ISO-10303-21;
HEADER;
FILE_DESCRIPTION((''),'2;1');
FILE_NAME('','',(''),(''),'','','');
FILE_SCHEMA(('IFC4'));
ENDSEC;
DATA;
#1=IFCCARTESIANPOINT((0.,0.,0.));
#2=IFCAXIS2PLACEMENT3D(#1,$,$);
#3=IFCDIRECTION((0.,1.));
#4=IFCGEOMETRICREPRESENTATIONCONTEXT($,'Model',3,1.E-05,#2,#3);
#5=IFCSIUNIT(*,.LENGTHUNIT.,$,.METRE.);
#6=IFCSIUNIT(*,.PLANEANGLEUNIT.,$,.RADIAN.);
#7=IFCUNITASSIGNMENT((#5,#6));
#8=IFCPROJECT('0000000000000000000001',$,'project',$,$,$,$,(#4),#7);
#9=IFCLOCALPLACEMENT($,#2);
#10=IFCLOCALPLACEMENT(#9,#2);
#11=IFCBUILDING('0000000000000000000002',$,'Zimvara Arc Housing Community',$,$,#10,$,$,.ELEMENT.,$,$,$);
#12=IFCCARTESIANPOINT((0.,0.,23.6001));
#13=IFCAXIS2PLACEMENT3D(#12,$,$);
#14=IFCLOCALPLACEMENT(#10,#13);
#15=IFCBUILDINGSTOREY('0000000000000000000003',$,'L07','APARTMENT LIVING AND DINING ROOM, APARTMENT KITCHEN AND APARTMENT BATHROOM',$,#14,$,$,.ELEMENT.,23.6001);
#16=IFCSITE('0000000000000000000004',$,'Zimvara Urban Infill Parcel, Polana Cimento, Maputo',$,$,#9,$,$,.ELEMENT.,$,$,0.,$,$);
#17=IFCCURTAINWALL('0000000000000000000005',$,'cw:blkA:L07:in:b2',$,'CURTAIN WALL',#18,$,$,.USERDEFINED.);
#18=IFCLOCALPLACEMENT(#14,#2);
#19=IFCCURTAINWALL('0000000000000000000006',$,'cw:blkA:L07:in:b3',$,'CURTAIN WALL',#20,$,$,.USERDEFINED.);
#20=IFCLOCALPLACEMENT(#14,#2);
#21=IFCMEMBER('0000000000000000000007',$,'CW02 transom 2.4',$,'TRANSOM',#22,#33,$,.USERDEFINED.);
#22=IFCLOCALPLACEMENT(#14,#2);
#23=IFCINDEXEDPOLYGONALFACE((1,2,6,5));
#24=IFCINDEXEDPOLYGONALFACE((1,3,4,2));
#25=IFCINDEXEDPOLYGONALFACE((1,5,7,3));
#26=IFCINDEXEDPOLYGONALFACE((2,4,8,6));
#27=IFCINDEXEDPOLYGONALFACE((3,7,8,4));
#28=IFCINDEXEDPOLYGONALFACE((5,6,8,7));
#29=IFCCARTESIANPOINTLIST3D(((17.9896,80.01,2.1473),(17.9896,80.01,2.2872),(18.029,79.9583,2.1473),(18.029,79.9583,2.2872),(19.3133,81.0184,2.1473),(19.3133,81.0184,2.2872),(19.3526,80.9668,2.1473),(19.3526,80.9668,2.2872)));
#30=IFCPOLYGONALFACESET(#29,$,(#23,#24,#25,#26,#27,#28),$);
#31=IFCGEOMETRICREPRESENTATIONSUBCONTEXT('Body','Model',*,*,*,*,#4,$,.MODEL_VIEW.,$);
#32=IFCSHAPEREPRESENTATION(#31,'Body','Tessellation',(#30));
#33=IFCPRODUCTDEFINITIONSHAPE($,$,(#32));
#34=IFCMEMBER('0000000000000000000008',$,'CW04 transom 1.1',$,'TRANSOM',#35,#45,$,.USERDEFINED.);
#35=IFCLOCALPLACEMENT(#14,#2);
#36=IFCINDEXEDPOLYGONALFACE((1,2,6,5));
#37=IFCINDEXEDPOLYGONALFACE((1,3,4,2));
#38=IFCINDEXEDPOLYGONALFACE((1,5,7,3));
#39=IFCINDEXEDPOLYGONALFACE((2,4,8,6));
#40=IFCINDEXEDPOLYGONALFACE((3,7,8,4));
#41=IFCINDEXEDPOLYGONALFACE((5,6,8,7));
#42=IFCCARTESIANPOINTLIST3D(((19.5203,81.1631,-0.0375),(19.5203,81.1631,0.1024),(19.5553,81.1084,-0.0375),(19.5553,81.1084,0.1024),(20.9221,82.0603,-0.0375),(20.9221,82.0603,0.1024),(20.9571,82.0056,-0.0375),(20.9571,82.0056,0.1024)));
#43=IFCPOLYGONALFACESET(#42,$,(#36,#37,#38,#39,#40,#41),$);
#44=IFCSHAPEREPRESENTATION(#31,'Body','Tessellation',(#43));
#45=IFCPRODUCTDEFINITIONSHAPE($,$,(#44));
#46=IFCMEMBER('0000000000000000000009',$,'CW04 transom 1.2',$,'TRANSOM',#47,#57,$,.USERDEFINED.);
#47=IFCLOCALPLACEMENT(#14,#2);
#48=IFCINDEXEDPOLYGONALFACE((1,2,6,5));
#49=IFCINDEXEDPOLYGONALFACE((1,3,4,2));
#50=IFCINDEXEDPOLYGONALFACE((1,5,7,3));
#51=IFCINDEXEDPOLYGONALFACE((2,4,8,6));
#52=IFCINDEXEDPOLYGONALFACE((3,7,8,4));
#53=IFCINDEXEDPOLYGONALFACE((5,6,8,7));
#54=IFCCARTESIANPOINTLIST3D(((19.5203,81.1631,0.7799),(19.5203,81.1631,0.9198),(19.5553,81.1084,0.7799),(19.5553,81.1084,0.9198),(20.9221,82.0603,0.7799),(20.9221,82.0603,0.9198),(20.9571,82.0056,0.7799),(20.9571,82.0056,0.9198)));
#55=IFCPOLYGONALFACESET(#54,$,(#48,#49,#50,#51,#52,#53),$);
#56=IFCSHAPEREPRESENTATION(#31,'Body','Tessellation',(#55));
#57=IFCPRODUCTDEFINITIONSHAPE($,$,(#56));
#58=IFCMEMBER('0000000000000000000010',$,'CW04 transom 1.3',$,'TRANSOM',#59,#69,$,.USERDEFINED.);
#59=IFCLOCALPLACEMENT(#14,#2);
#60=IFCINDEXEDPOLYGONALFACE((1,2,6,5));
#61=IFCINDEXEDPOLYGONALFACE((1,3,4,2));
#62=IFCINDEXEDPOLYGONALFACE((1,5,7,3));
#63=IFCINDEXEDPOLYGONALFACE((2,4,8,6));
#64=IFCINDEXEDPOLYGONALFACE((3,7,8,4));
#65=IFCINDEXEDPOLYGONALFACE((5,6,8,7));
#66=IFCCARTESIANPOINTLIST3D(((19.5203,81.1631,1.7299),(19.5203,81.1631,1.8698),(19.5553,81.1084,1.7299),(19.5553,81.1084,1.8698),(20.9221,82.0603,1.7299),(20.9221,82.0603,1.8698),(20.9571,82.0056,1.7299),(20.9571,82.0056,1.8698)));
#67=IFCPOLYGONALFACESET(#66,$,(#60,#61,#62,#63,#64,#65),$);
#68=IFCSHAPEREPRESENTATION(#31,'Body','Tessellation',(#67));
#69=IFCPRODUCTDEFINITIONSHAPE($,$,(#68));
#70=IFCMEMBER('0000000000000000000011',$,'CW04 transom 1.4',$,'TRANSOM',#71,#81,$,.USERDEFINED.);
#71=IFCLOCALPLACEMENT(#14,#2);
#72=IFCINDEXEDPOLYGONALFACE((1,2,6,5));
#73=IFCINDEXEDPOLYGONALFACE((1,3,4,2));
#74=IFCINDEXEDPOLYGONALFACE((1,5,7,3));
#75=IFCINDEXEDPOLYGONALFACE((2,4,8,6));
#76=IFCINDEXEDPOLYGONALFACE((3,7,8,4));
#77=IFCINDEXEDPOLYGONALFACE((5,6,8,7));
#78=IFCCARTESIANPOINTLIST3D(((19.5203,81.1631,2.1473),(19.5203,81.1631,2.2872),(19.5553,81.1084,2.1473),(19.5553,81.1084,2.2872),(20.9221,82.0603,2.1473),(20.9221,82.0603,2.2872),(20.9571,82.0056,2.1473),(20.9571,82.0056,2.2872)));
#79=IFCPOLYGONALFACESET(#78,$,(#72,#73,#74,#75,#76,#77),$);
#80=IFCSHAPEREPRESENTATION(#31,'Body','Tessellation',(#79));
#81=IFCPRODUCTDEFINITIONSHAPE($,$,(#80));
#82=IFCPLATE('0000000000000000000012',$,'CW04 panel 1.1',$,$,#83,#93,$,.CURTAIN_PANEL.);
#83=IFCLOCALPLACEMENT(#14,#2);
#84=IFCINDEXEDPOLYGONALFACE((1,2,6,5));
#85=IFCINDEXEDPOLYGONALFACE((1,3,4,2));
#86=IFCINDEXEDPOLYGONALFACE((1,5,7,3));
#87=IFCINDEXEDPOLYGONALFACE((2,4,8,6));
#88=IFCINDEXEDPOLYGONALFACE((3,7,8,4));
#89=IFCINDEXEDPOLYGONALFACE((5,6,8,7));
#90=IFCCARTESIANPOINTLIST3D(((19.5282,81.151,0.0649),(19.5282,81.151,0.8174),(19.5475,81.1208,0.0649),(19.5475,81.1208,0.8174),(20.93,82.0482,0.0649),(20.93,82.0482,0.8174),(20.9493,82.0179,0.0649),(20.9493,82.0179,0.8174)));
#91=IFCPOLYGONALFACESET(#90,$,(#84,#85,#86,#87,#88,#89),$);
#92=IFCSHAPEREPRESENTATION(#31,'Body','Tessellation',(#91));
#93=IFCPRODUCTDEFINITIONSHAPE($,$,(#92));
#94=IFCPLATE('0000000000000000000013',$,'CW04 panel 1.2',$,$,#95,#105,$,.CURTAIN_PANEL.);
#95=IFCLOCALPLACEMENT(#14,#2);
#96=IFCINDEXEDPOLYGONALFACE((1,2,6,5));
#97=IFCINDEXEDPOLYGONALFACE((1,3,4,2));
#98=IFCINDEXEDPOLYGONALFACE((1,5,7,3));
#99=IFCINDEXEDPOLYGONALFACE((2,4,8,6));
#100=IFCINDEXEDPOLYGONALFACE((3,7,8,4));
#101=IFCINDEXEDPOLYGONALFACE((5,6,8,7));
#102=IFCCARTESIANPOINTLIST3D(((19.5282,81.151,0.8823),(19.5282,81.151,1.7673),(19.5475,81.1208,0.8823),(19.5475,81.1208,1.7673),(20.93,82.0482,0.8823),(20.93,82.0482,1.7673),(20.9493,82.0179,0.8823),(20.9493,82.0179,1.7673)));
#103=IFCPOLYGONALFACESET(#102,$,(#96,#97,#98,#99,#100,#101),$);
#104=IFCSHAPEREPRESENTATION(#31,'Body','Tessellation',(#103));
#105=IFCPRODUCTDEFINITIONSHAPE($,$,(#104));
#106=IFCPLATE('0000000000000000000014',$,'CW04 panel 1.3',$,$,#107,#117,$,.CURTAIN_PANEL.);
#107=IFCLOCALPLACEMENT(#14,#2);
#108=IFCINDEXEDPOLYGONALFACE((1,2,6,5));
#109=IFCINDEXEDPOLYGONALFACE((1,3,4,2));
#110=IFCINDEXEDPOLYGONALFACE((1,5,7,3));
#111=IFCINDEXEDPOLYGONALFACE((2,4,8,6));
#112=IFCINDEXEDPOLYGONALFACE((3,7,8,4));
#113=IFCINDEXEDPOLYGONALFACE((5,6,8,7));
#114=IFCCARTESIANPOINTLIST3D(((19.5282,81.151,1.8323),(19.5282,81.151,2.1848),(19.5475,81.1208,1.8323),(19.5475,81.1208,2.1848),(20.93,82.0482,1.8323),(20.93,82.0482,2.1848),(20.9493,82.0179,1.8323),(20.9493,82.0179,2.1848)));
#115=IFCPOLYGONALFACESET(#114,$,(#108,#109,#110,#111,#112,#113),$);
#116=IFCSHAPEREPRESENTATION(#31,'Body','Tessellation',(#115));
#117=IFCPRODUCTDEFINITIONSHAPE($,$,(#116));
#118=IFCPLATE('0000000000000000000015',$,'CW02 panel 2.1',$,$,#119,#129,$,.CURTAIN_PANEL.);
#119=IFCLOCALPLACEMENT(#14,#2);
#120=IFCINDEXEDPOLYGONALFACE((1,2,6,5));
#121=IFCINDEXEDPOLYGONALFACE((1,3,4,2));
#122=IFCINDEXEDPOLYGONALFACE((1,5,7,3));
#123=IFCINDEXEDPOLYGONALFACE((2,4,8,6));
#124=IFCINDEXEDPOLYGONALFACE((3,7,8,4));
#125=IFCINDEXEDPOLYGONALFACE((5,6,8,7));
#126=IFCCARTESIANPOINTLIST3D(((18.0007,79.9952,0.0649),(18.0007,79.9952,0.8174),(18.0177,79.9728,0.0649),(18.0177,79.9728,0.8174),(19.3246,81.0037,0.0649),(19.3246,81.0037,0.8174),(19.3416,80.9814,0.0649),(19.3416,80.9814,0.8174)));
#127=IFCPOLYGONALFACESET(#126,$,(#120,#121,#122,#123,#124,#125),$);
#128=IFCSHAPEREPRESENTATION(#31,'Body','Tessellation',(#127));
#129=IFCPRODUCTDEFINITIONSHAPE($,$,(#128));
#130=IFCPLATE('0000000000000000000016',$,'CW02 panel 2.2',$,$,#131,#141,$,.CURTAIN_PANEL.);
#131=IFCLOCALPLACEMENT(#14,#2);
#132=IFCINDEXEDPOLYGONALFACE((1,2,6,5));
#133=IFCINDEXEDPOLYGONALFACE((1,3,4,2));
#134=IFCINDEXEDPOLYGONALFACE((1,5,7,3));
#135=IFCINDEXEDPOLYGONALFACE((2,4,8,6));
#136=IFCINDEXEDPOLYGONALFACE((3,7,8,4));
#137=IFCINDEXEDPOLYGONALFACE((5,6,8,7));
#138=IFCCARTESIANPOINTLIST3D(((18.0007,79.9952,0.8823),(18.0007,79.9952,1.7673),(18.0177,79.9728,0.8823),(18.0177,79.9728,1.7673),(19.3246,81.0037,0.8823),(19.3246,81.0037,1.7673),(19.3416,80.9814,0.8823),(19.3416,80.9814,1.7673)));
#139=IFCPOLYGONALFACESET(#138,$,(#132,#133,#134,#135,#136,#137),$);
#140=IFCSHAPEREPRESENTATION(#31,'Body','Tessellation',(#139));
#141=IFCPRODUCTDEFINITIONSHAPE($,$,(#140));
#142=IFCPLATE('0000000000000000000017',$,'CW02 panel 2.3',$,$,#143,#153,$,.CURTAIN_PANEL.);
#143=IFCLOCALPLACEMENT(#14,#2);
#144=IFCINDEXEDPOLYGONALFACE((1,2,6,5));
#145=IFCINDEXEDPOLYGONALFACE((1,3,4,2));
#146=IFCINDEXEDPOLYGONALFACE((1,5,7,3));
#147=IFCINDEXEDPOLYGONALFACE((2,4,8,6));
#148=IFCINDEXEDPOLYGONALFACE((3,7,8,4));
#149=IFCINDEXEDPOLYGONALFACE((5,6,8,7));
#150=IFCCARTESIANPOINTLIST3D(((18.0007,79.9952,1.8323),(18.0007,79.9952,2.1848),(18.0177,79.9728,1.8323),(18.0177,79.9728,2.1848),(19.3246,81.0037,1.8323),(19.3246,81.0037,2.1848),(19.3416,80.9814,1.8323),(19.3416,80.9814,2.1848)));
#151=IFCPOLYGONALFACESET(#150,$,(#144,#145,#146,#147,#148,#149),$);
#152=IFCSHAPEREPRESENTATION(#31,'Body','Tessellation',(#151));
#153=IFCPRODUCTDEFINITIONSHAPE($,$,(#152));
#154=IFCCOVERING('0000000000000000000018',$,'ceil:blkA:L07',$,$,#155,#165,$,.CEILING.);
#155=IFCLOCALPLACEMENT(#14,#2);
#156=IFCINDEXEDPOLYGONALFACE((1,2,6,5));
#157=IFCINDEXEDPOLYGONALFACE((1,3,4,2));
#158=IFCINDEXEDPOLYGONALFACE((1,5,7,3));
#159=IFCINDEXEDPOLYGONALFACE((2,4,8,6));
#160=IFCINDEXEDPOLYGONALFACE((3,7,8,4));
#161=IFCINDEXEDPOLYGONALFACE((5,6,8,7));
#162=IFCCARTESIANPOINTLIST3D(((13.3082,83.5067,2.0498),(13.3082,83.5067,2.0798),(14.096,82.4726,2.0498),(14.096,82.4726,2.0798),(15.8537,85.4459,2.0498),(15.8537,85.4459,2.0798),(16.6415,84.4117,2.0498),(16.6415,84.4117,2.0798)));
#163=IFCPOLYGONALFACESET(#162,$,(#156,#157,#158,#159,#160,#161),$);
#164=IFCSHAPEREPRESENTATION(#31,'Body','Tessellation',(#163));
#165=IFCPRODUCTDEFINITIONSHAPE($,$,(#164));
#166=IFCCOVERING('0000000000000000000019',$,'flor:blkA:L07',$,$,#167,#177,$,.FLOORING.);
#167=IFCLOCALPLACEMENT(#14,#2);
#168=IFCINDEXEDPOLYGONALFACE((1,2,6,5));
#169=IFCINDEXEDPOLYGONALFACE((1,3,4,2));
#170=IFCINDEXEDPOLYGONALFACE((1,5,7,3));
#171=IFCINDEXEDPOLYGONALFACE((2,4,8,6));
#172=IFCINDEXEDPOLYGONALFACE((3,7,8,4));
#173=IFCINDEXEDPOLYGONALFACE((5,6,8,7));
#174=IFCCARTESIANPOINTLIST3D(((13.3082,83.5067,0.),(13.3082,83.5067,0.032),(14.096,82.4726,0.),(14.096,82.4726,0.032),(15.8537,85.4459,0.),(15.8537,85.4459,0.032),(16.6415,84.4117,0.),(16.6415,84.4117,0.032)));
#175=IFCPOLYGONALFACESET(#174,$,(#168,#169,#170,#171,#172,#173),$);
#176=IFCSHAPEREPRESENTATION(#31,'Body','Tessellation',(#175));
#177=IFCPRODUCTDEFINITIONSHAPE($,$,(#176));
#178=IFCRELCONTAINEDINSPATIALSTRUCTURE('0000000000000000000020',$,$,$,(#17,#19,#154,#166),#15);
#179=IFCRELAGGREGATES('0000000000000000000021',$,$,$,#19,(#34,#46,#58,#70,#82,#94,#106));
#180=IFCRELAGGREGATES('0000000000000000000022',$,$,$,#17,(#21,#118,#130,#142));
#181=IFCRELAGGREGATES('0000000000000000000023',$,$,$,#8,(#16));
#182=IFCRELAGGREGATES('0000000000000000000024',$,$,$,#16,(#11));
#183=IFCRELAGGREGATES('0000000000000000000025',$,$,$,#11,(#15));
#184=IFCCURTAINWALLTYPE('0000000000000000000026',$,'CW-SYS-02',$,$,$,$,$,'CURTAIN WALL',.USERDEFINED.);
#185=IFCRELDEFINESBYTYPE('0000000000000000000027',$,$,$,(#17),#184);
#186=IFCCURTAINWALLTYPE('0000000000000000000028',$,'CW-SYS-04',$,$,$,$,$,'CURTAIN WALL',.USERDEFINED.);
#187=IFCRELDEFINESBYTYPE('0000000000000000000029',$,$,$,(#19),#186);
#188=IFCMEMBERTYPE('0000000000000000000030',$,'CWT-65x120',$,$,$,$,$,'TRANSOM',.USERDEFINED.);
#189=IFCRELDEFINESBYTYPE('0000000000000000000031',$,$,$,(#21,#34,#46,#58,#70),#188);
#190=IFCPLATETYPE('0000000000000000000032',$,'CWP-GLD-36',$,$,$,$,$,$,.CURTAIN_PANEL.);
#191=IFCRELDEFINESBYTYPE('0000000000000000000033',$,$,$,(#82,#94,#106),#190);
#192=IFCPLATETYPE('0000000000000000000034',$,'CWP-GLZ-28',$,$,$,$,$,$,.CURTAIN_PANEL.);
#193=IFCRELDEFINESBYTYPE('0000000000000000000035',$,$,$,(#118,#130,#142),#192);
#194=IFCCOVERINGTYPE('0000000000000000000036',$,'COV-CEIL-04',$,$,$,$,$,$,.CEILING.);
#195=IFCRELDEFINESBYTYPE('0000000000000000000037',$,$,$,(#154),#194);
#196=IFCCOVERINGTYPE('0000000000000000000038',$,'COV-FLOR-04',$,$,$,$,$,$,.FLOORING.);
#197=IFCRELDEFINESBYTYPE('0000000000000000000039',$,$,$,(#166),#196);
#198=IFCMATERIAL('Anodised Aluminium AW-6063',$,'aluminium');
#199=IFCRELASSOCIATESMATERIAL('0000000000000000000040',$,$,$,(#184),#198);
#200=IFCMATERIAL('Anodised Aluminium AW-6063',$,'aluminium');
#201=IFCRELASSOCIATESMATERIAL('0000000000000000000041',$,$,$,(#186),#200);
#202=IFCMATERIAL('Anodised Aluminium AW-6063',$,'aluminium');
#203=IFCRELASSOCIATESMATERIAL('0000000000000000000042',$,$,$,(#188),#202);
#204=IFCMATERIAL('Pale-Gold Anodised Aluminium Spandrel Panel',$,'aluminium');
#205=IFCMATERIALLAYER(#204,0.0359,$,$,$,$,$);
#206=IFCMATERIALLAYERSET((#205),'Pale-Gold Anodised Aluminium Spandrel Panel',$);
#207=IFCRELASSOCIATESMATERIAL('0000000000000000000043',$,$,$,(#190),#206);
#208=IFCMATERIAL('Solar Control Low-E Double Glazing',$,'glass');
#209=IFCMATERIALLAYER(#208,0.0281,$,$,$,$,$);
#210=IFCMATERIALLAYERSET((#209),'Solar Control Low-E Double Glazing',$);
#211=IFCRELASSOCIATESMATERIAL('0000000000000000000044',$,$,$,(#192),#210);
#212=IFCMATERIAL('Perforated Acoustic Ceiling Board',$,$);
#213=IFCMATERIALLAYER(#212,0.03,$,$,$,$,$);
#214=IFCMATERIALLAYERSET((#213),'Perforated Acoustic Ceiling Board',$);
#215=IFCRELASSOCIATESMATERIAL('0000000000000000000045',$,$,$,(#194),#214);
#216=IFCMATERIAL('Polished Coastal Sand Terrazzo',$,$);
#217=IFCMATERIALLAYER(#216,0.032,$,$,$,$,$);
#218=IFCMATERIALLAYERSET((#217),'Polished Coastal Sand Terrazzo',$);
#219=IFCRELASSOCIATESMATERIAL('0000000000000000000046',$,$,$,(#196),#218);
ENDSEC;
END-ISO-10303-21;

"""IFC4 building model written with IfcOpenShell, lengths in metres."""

from ifc_helpers import new_model, si_unit, direction, frame, origin, origin_2d, place, context, subcontext, project, spatial, rectangle, extrude, material, layer, layer_set, material_profile, profile_set, type_object, element, aggregate, save


model = new_model("IFC4")

# Units and contexts
model_context = context("Model", 3, precision=1e-05, world=origin(), true_north=direction((0.0, 1.0)))
body_context = subcontext(model_context, "Body", "Model", "MODEL_VIEW")
ifc_project = project(units=[si_unit("LENGTHUNIT", "METRE"), si_unit("PLANEANGLEUNIT", "RADIAN")], contexts=[model_context])

# Site, building, storey
site_placement = place(None, origin())
site = spatial("IfcSite", under=ifc_project, at=site_placement, Name="Zimvara Urban Infill Parcel, Polana Cimento, Maputo", CompositionType="ELEMENT", RefElevation=0.0)
building_placement = place(site_placement, origin())
building = spatial("IfcBuilding", under=site, at=building_placement, Name="Zimvara Arc Housing Community", CompositionType="ELEMENT")
storey_placement = place(building_placement, frame((0.0, 0.0, 23.6001)))
storey = spatial("IfcBuildingStorey", under=building, at=storey_placement, Name="L07", Description="APARTMENT LIVING AND DINING ROOM, APARTMENT KITCHEN AND APARTMENT BATHROOM", CompositionType="ELEMENT", Elevation=23.6001)

# Curtain wall
ifc_material_1 = material(Name="Anodised Aluminium AW-6063", Category="aluminium")
curtain_wall_type_1 = type_object("IfcCurtainWallType", Name="CW-SYS-02", ElementType="CURTAIN WALL", PredefinedType="USERDEFINED", material=ifc_material_1)
curtain_wall_1_placement = place(storey_placement, origin())
curtain_wall_1 = element("IfcCurtainWall", 1, at=curtain_wall_1_placement, inside=storey, type_object=curtain_wall_type_1, Name="cw:blkA:L07:in:b2", ObjectType="CURTAIN WALL", PredefinedType="USERDEFINED")

# Curtain wall
ifc_material_2 = material(Name="Anodised Aluminium AW-6063", Category="aluminium")
curtain_wall_type_2 = type_object("IfcCurtainWallType", Name="CW-SYS-04", ElementType="CURTAIN WALL", PredefinedType="USERDEFINED", material=ifc_material_2)
curtain_wall_2_placement = place(storey_placement, origin())
curtain_wall_2 = element("IfcCurtainWall", 2, at=curtain_wall_2_placement, inside=storey, type_object=curtain_wall_type_2, Name="cw:blkA:L07:in:b3", ObjectType="CURTAIN WALL", PredefinedType="USERDEFINED")

# Members
ifc_material_3 = material(Name="Anodised Aluminium AW-6063", Category="aluminium")
ifc_material_profile_1 = material_profile(ifc_material_3, rectangle(XDim=0.0649, YDim=0.1399, at=origin_2d()), Name="ALU 65x140")
ifc_profile_set_1 = profile_set([ifc_material_profile_1], Name="Anodised Aluminium AW-6063")
member_type_1 = type_object("IfcMemberType", Name="CWT-65x120", ElementType="TRANSOM", PredefinedType="USERDEFINED", material=ifc_profile_set_1)
member_1_placement = place(storey_placement, frame((18.0093, 79.9841, 2.2173), z_axis=(0.795435, 0.606039, 0.0), x_axis=(-0.606039, 0.795435, 0.0)))
member_1 = element("IfcMember", 3, at=member_1_placement, type_object=member_type_1, Name="CW02 transom 2.4", ObjectType="TRANSOM", PredefinedType="USERDEFINED", context=body_context, shape_type="SweptSolid", body=[
    extrude(rectangle(XDim=0.0649, YDim=0.1399, at=origin_2d()), origin(), (0.0, 0.0, 1.0), 1.6641),
])
member_2_placement = place(storey_placement, frame((19.5378, 81.1357, 0.0325), z_axis=(0.842263, 0.539066, 0.0), x_axis=(-0.539066, 0.842263, 0.0)))
member_2 = element("IfcMember", 4, at=member_2_placement, type_object=member_type_1, Name="CW04 transom 1.1", ObjectType="TRANSOM", PredefinedType="USERDEFINED", context=body_context, shape_type="SweptSolid", body=[
    extrude(rectangle(XDim=0.0649, YDim=0.1399, at=origin_2d()), origin(), (0.0, 0.0, 1.0), 1.6643),
])
member_3_placement = place(storey_placement, frame((19.5378, 81.1357, 0.8499), z_axis=(0.842263, 0.539066, 0.0), x_axis=(-0.539066, 0.842263, 0.0)))
member_3 = element("IfcMember", 5, at=member_3_placement, type_object=member_type_1, Name="CW04 transom 1.2", ObjectType="TRANSOM", PredefinedType="USERDEFINED", context=body_context, shape_type="SweptSolid", body=[
    extrude(rectangle(XDim=0.0649, YDim=0.1399, at=origin_2d()), origin(), (0.0, 0.0, 1.0), 1.6643),
])
member_4_placement = place(storey_placement, frame((19.5378, 81.1357, 1.7998), z_axis=(0.842263, 0.539066, 0.0), x_axis=(-0.539066, 0.842263, 0.0)))
member_4 = element("IfcMember", 6, at=member_4_placement, type_object=member_type_1, Name="CW04 transom 1.3", ObjectType="TRANSOM", PredefinedType="USERDEFINED", context=body_context, shape_type="SweptSolid", body=[
    extrude(rectangle(XDim=0.0649, YDim=0.1399, at=origin_2d()), origin(), (0.0, 0.0, 1.0), 1.6643),
])
member_5_placement = place(storey_placement, frame((19.5378, 81.1357, 2.2173), z_axis=(0.842263, 0.539066, 0.0), x_axis=(-0.539066, 0.842263, 0.0)))
member_5 = element("IfcMember", 7, at=member_5_placement, type_object=member_type_1, Name="CW04 transom 1.4", ObjectType="TRANSOM", PredefinedType="USERDEFINED", context=body_context, shape_type="SweptSolid", body=[
    extrude(rectangle(XDim=0.0649, YDim=0.1399, at=origin_2d()), origin(), (0.0, 0.0, 1.0), 1.6643),
])

# Plates
ifc_material_4 = material(Name="Pale-Gold Anodised Aluminium Spandrel Panel", Category="aluminium")
ifc_layer_1 = layer(ifc_material_4, 0.0359)
ifc_layer_set_1 = layer_set([ifc_layer_1], Name="Pale-Gold Anodised Aluminium Spandrel Panel")
plate_type_1 = type_object("IfcPlateType", Name="CWP-GLD-36", PredefinedType="CURTAIN_PANEL", material=ifc_layer_set_1)
plate_1_placement = place(storey_placement, frame((20.2388, 81.5845, 0.0649), z_axis=(0.0, 0.0, 1.0), x_axis=(0.842265, 0.539064, 0.0)))
plate_1 = element("IfcPlate", 8, at=plate_1_placement, type_object=plate_type_1, Name="CW04 panel 1.1", PredefinedType="CURTAIN_PANEL", context=body_context, shape_type="SweptSolid", body=[
    extrude(rectangle(XDim=1.6643, YDim=0.0359, at=origin_2d()), origin(), (0.0, 0.0, 1.0), 0.7524),
])
plate_2_placement = place(storey_placement, frame((20.2388, 81.5845, 0.8823), z_axis=(0.0, 0.0, 1.0), x_axis=(0.842265, 0.539064, 0.0)))
plate_2 = element("IfcPlate", 9, at=plate_2_placement, type_object=plate_type_1, Name="CW04 panel 1.2", PredefinedType="CURTAIN_PANEL", context=body_context, shape_type="SweptSolid", body=[
    extrude(rectangle(XDim=1.6643, YDim=0.0359, at=origin_2d()), origin(), (0.0, 0.0, 1.0), 0.885),
])
plate_3_placement = place(storey_placement, frame((20.2388, 81.5845, 1.8323), z_axis=(0.0, 0.0, 1.0), x_axis=(0.842265, 0.539064, 0.0)))
plate_3 = element("IfcPlate", 10, at=plate_3_placement, type_object=plate_type_1, Name="CW04 panel 1.3", PredefinedType="CURTAIN_PANEL", context=body_context, shape_type="SweptSolid", body=[
    extrude(rectangle(XDim=1.6643, YDim=0.0359, at=origin_2d()), origin(), (0.0, 0.0, 1.0), 0.3525),
])
aggregate(curtain_wall_2, [member_2, member_3, member_4, member_5, plate_1, plate_2, plate_3])
ifc_material_5 = material(Name="Solar Control Low-E Double Glazing", Category="glass")
ifc_layer_2 = layer(ifc_material_5, 0.0281)
ifc_layer_set_2 = layer_set([ifc_layer_2], Name="Solar Control Low-E Double Glazing")
plate_type_2 = type_object("IfcPlateType", Name="CWP-GLZ-28", PredefinedType="CURTAIN_PANEL", material=ifc_layer_set_2)
plate_4_placement = place(storey_placement, frame((18.6711, 80.4883, 0.0649), z_axis=(0.0, 0.0, 1.0), x_axis=(0.795474, 0.605988, 0.0)))
plate_4 = element("IfcPlate", 11, at=plate_4_placement, type_object=plate_type_2, Name="CW02 panel 2.1", PredefinedType="CURTAIN_PANEL", context=body_context, shape_type="SweptSolid", body=[
    extrude(rectangle(XDim=1.6643, YDim=0.0281, at=origin_2d()), origin(), (0.0, 0.0, 1.0), 0.7524),
])
plate_5_placement = place(storey_placement, frame((18.6711, 80.4883, 0.8823), z_axis=(0.0, 0.0, 1.0), x_axis=(0.795474, 0.605988, 0.0)))
plate_5 = element("IfcPlate", 12, at=plate_5_placement, type_object=plate_type_2, Name="CW02 panel 2.2", PredefinedType="CURTAIN_PANEL", context=body_context, shape_type="SweptSolid", body=[
    extrude(rectangle(XDim=1.6643, YDim=0.0281, at=origin_2d()), origin(), (0.0, 0.0, 1.0), 0.885),
])
plate_6_placement = place(storey_placement, frame((18.6711, 80.4883, 1.8323), z_axis=(0.0, 0.0, 1.0), x_axis=(0.795474, 0.605988, 0.0)))
plate_6 = element("IfcPlate", 13, at=plate_6_placement, type_object=plate_type_2, Name="CW02 panel 2.3", PredefinedType="CURTAIN_PANEL", context=body_context, shape_type="SweptSolid", body=[
    extrude(rectangle(XDim=1.6643, YDim=0.0281, at=origin_2d()), origin(), (0.0, 0.0, 1.0), 0.3525),
])
aggregate(curtain_wall_1, [member_1, plate_4, plate_5, plate_6])

# Coverings
ifc_material_6 = material(Name="Perforated Acoustic Ceiling Board")
ifc_layer_3 = layer(ifc_material_6, 0.03)
ifc_layer_set_3 = layer_set([ifc_layer_3], Name="Perforated Acoustic Ceiling Board")
covering_type_1 = type_object("IfcCoveringType", Name="COV-CEIL-04", PredefinedType="CEILING", material=ifc_layer_set_3)
covering_1_placement = place(storey_placement, frame((14.9749, 83.9592, 2.0498), z_axis=(0.0, 0.0, 1.0), x_axis=(-0.605988, 0.795473, 0.0)))
element("IfcCovering", 14, at=covering_1_placement, inside=storey, type_object=covering_type_1, Name="ceil:blkA:L07", PredefinedType="CEILING", context=body_context, shape_type="SweptSolid", body=[
    extrude(rectangle(XDim=1.3, YDim=3.2, at=origin_2d()), origin(), (0.0, 0.0, 1.0), 0.03),
])
ifc_material_7 = material(Name="Polished Coastal Sand Terrazzo")
ifc_layer_4 = layer(ifc_material_7, 0.032)
ifc_layer_set_4 = layer_set([ifc_layer_4], Name="Polished Coastal Sand Terrazzo")
covering_type_2 = type_object("IfcCoveringType", Name="COV-FLOR-04", PredefinedType="FLOORING", material=ifc_layer_set_4)
covering_2_placement = place(storey_placement, frame((14.9749, 83.9592, 0.0), z_axis=(0.0, 0.0, 1.0), x_axis=(-0.605988, 0.795473, 0.0)))
element("IfcCovering", 15, at=covering_2_placement, inside=storey, type_object=covering_type_2, Name="flor:blkA:L07", PredefinedType="FLOORING", context=body_context, shape_type="SweptSolid", body=[
    extrude(rectangle(XDim=1.3, YDim=3.2, at=origin_2d()), origin(), (0.0, 0.0, 1.0), 0.032),
])

save(model, "model.ifc")
